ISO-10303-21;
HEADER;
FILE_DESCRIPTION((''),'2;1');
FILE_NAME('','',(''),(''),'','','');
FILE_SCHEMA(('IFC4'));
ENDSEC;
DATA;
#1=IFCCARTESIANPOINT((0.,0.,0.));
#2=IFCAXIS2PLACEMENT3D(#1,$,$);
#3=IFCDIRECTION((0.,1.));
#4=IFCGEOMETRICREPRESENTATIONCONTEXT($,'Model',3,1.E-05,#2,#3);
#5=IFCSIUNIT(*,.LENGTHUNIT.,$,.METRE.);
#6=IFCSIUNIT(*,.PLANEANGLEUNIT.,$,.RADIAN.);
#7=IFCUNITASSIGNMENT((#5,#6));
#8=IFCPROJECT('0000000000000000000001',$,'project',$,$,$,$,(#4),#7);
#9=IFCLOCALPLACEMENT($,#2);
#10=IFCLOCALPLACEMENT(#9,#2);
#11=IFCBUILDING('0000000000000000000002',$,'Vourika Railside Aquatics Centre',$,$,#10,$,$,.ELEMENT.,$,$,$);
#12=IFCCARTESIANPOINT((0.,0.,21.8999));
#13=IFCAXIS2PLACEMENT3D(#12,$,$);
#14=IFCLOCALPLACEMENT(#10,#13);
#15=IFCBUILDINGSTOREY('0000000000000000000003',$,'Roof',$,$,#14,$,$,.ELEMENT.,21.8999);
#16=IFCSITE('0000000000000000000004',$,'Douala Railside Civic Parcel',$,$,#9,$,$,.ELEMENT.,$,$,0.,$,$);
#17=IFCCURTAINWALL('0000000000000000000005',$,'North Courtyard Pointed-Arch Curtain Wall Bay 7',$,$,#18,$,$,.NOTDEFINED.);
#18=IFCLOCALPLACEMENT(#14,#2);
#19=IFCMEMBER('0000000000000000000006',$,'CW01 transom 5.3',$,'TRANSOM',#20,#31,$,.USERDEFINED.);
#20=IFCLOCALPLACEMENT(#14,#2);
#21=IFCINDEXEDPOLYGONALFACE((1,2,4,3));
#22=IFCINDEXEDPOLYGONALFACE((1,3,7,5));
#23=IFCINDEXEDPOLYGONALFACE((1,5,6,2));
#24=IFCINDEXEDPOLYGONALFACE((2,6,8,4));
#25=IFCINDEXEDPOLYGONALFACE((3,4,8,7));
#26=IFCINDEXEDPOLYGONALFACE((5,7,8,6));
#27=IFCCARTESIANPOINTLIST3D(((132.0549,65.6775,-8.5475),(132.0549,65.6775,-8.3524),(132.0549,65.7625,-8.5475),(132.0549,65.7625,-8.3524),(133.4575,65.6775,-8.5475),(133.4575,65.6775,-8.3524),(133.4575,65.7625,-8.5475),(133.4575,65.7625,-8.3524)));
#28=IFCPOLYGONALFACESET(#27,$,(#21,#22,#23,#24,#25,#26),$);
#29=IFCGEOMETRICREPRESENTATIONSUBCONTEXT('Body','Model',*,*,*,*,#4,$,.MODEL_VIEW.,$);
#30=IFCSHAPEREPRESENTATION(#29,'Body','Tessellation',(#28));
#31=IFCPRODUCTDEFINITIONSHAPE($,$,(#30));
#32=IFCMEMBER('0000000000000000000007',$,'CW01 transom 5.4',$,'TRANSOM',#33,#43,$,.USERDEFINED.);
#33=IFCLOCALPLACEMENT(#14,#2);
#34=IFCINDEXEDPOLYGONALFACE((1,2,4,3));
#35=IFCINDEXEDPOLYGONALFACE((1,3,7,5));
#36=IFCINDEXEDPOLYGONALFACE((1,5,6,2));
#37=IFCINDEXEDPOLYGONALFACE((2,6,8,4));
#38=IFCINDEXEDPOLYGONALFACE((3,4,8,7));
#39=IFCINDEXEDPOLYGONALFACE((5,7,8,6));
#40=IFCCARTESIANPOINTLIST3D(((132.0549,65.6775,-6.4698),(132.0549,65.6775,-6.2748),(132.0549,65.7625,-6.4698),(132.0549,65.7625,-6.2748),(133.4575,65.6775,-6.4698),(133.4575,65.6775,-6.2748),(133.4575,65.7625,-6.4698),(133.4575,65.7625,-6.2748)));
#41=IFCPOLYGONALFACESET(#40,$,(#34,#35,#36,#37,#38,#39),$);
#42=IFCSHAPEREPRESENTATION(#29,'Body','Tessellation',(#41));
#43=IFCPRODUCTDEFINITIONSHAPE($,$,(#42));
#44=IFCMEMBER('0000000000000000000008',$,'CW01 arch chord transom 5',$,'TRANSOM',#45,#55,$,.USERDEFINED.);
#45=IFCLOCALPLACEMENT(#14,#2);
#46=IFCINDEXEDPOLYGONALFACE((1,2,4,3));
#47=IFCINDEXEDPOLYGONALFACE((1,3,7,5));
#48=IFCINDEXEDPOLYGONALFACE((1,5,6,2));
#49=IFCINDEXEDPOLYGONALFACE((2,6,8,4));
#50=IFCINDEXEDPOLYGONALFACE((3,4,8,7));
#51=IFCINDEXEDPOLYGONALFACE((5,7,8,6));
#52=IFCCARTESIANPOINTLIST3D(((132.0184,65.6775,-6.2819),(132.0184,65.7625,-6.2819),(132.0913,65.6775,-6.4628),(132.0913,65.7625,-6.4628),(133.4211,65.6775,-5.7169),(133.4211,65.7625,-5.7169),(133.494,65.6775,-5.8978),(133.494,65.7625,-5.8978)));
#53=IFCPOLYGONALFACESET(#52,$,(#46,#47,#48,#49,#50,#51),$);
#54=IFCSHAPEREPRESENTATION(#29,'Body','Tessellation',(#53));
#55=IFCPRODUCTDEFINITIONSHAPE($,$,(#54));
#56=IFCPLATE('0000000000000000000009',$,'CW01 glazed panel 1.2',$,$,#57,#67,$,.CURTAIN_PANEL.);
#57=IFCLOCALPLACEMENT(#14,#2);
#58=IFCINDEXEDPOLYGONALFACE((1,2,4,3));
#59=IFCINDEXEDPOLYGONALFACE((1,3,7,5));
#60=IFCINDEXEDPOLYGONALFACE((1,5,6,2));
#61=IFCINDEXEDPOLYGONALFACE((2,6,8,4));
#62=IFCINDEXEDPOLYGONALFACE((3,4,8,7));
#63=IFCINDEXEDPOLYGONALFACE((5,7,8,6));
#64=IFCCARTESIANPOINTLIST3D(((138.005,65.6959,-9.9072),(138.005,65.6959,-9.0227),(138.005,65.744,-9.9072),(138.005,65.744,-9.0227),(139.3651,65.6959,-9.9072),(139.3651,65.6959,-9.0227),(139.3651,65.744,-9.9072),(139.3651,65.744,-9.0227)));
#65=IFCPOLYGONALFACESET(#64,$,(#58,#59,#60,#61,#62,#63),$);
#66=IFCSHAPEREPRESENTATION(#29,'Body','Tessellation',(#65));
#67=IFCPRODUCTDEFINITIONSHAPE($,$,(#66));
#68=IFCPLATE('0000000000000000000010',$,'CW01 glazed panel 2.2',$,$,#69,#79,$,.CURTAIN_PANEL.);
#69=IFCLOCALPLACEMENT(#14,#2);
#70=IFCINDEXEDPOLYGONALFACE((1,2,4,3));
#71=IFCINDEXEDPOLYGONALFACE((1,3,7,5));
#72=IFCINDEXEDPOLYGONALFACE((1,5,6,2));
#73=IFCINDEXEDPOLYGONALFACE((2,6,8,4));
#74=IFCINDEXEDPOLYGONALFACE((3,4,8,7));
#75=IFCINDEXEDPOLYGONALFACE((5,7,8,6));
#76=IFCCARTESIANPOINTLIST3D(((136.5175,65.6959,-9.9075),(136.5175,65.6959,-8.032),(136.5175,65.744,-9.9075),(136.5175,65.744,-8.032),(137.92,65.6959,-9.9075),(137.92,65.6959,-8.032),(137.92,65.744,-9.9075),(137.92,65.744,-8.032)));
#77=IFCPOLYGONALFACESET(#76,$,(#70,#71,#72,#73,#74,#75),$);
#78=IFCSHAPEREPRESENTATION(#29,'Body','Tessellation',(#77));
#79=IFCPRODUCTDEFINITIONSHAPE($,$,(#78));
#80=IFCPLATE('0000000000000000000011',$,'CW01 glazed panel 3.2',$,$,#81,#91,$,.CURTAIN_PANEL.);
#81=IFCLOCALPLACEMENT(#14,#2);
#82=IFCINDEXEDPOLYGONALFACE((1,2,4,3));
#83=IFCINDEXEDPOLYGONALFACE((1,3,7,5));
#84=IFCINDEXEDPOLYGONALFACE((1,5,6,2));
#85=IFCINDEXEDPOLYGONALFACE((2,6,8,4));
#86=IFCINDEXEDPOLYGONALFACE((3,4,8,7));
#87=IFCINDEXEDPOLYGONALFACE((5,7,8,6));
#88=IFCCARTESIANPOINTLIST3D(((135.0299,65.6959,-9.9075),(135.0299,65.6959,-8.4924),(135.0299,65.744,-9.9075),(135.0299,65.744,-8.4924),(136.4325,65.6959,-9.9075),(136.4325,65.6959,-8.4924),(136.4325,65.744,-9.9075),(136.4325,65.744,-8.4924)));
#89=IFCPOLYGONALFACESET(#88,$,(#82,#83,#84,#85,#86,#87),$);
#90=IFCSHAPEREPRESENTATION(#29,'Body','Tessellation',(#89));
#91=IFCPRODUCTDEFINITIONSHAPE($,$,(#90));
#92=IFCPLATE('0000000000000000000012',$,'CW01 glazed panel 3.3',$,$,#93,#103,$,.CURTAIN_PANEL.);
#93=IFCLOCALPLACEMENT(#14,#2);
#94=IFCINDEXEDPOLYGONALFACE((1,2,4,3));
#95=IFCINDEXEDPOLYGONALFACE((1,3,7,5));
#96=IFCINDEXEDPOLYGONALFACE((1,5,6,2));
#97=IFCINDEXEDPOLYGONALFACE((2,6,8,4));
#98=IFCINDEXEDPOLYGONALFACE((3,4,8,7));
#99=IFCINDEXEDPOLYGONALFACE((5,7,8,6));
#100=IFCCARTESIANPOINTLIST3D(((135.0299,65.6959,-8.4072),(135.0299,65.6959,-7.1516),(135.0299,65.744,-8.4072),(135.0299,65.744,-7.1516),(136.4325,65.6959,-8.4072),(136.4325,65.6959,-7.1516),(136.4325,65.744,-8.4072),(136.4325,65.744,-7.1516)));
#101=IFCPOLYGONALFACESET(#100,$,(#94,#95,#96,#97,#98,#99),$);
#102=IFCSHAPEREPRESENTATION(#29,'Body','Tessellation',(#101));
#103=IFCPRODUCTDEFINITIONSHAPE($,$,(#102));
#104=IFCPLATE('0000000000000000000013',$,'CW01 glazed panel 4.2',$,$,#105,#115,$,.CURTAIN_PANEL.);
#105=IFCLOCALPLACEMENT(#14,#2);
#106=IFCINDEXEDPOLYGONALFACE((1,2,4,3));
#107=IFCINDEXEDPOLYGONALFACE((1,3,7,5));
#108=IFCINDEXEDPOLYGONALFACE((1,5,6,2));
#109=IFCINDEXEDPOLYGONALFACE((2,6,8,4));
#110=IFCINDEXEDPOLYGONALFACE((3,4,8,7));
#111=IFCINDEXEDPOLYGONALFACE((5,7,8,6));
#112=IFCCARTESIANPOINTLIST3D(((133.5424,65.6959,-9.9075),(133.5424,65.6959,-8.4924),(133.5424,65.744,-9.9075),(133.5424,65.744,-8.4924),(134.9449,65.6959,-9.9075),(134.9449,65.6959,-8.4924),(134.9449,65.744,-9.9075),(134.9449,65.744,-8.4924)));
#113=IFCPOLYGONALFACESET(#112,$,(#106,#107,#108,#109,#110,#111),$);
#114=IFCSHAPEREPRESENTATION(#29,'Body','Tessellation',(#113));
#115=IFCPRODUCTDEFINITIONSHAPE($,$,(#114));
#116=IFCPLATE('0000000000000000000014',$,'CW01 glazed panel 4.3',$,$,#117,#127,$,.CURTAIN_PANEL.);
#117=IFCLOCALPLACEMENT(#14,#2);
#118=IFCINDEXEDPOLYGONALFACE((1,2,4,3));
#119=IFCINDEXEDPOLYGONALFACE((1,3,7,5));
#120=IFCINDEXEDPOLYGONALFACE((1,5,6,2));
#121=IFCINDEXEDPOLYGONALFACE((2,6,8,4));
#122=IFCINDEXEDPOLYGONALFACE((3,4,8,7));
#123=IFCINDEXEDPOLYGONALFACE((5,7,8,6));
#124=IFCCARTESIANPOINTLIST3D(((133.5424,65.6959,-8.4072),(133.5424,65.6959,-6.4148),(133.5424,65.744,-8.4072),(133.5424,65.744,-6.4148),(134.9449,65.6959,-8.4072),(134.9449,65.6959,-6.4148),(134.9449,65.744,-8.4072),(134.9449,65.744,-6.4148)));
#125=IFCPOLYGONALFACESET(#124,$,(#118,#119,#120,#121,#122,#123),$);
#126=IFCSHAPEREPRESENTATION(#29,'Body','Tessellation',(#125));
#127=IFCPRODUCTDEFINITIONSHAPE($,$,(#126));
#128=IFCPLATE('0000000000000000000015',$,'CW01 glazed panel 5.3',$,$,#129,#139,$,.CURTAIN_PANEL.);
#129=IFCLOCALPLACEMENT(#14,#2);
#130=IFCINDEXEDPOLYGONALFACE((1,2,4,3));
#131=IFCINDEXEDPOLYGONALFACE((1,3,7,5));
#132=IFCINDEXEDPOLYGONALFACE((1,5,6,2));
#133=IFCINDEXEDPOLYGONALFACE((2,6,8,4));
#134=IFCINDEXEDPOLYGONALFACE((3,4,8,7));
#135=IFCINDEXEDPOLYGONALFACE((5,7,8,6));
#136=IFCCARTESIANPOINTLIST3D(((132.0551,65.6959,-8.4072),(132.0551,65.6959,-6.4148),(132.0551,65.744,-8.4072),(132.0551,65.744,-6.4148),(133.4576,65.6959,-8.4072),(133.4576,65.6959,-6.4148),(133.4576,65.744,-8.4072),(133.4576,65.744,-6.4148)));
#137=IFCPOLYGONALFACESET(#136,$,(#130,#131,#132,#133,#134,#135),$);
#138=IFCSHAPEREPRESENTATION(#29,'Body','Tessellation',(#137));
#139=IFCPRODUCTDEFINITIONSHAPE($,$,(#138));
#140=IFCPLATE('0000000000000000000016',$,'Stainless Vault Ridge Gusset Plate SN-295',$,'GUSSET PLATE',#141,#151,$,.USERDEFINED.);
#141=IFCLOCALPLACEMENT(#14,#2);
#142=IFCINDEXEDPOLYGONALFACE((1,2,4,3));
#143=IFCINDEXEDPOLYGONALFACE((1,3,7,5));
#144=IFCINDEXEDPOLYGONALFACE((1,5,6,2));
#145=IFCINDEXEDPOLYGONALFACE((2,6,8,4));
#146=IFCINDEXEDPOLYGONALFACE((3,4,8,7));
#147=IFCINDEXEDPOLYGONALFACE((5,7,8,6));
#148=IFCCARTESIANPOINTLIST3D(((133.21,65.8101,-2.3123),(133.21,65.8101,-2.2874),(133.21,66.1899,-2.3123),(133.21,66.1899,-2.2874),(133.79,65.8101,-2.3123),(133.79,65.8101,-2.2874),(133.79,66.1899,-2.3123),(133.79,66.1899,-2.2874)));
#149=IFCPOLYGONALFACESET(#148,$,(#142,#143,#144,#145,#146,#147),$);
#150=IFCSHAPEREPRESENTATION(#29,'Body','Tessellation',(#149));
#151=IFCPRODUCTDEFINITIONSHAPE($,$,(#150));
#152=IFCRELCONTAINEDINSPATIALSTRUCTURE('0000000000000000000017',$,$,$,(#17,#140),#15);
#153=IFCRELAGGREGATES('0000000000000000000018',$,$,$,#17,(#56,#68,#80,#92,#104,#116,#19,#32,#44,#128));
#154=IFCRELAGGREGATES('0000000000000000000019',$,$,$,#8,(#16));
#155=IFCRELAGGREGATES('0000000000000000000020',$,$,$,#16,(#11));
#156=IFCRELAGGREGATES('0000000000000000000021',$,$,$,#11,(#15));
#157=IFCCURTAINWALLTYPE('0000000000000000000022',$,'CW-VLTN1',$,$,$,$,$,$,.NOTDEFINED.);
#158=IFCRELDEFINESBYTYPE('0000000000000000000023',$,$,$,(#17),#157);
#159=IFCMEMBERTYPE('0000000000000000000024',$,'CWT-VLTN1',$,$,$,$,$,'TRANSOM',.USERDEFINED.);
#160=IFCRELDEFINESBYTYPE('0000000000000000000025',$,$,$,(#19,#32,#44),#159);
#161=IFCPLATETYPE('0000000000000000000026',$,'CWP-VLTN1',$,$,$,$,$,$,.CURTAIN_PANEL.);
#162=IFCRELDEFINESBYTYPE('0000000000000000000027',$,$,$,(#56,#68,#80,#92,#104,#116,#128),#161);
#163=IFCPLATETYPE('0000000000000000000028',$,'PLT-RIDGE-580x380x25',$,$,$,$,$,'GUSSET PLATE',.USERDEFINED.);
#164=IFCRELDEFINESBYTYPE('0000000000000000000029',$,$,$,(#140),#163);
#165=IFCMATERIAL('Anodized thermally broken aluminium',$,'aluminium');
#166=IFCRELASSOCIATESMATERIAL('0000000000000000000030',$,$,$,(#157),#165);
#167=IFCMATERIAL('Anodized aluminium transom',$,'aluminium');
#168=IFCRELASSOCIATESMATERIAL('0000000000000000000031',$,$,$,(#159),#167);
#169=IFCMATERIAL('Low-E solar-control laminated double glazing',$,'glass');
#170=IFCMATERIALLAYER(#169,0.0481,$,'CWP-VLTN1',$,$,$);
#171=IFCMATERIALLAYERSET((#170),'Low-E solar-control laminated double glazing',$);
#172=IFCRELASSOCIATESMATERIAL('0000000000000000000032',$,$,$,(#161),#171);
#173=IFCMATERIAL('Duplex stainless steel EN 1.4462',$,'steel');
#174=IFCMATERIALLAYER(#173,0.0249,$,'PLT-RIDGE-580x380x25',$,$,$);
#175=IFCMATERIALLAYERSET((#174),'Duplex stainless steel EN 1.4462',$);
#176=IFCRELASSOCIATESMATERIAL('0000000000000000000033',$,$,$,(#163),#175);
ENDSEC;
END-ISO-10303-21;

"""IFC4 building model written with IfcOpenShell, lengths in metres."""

from ifc_helpers import new_model, si_unit, direction, frame, origin, origin_2d, place, context, subcontext, project, spatial, rectangle, extrude, material, layer, layer_set, material_profile, profile_set, type_object, element, aggregate, save


model = new_model("IFC4")

# Units and contexts
model_context = context("Model", 3, precision=1e-05, world=origin(), true_north=direction((0.0, 1.0)))
body_context = subcontext(model_context, "Body", "Model", "MODEL_VIEW")
ifc_project = project(units=[si_unit("LENGTHUNIT", "METRE"), si_unit("PLANEANGLEUNIT", "RADIAN")], contexts=[model_context])

# Site, building, storey
site_placement = place(None, origin())
site = spatial("IfcSite", under=ifc_project, at=site_placement, Name="Douala Railside Civic Parcel", CompositionType="ELEMENT", RefElevation=0.0)
building_placement = place(site_placement, origin())
building = spatial("IfcBuilding", under=site, at=building_placement, Name="Vourika Railside Aquatics Centre", CompositionType="ELEMENT")
storey_placement = place(building_placement, frame((0.0, 0.0, 21.8999)))
storey = spatial("IfcBuildingStorey", under=building, at=storey_placement, Name="Roof", CompositionType="ELEMENT", Elevation=21.8999)

# Curtain wall, members, plates
ifc_material_1 = material(Name="Anodized thermally broken aluminium", Category="aluminium")
curtain_wall_type = type_object("IfcCurtainWallType", Name="CW-VLTN1", PredefinedType="NOTDEFINED", material=ifc_material_1)
curtain_wall_placement = place(storey_placement, origin())
curtain_wall = element("IfcCurtainWall", 1, at=curtain_wall_placement, inside=storey, type_object=curtain_wall_type, Name="North Courtyard Pointed-Arch Curtain Wall Bay 7", PredefinedType="NOTDEFINED")
ifc_material_2 = material(Name="Anodized aluminium transom", Category="aluminium")
ifc_material_profile_1 = material_profile(ifc_material_2, rectangle(XDim=0.085, YDim=0.1951, at=origin_2d()), Name="ALU-T 85x195")
ifc_profile_set_1 = profile_set([ifc_material_profile_1], Name="Anodized aluminium transom")
member_type = type_object("IfcMemberType", Name="CWT-VLTN1", ElementType="TRANSOM", PredefinedType="USERDEFINED", material=ifc_profile_set_1)
member_1_placement = place(storey_placement, frame((133.4575, 65.72, -8.45), z_axis=(-1.0, 0.0, 0.0), x_axis=(0.0, -1.0, 0.0)))
member_1 = element("IfcMember", 2, at=member_1_placement, type_object=member_type, Name="CW01 transom 5.3", ObjectType="TRANSOM", PredefinedType="USERDEFINED", context=body_context, shape_type="SweptSolid", body=[
    extrude(rectangle(XDim=0.085, YDim=0.1951, at=origin_2d()), origin(), (0.0, 0.0, 1.0), 1.4026),
])
member_2_placement = place(storey_placement, frame((133.4575, 65.72, -6.3723), z_axis=(-1.0, 0.0, 0.0), x_axis=(0.0, -1.0, 0.0)))
member_2 = element("IfcMember", 3, at=member_2_placement, type_object=member_type, Name="CW01 transom 5.4", ObjectType="TRANSOM", PredefinedType="USERDEFINED", context=body_context, shape_type="SweptSolid", body=[
    extrude(rectangle(XDim=0.085, YDim=0.1951, at=origin_2d()), origin(), (0.0, 0.0, 1.0), 1.4026),
])
member_3_placement = place(storey_placement, frame((133.4575, 65.72, -5.8074), z_axis=(-0.927583, 0.0, -0.373617), x_axis=(0.0, -1.0, 0.0)))
member_3 = element("IfcMember", 4, at=member_3_placement, type_object=member_type, Name="CW01 arch chord transom 5", ObjectType="TRANSOM", PredefinedType="USERDEFINED", context=body_context, shape_type="SweptSolid", body=[
    extrude(rectangle(XDim=0.085, YDim=0.1951, at=origin_2d()), origin(), (0.0, 0.0, 1.0), 1.5122),
])
ifc_material_3 = material(Name="Low-E solar-control laminated double glazing", Category="glass")
ifc_layer_1 = layer(ifc_material_3, 0.0481, Name="CWP-VLTN1")
ifc_layer_set_1 = layer_set([ifc_layer_1], Name="Low-E solar-control laminated double glazing")
plate_type_1 = type_object("IfcPlateType", Name="CWP-VLTN1", PredefinedType="CURTAIN_PANEL", material=ifc_layer_set_1)
plate_1_placement = place(storey_placement, frame((138.6851, 65.72, -9.9072), z_axis=(0.0, 0.0, 1.0), x_axis=(-1.0, 0.0, 0.0)))
plate_1 = element("IfcPlate", 5, at=plate_1_placement, type_object=plate_type_1, Name="CW01 glazed panel 1.2", PredefinedType="CURTAIN_PANEL", context=body_context, shape_type="SweptSolid", body=[
    extrude(rectangle(XDim=1.3601, YDim=0.0481, at=origin_2d()), origin(), (0.0, 0.0, 1.0), 0.8845),
])
plate_2_placement = place(storey_placement, frame((137.2188, 65.72, -9.9075), z_axis=(0.0, 0.0, 1.0), x_axis=(-1.0, 0.0, 0.0)))
plate_2 = element("IfcPlate", 6, at=plate_2_placement, type_object=plate_type_1, Name="CW01 glazed panel 2.2", PredefinedType="CURTAIN_PANEL", context=body_context, shape_type="SweptSolid", body=[
    extrude(rectangle(XDim=1.4026, YDim=0.0481, at=origin_2d()), origin(), (0.0, 0.0, 1.0), 1.8755),
])
plate_3_placement = place(storey_placement, frame((135.7312, 65.72, -9.9075), z_axis=(0.0, 0.0, 1.0), x_axis=(-1.0, 0.0, 0.0)))
plate_3 = element("IfcPlate", 7, at=plate_3_placement, type_object=plate_type_1, Name="CW01 glazed panel 3.2", PredefinedType="CURTAIN_PANEL", context=body_context, shape_type="SweptSolid", body=[
    extrude(rectangle(XDim=1.4026, YDim=0.0481, at=origin_2d()), origin(), (0.0, 0.0, 1.0), 1.415),
])
plate_4_placement = place(storey_placement, frame((135.7312, 65.72, -8.4072), z_axis=(0.0, 0.0, 1.0), x_axis=(-1.0, 0.0, 0.0)))
plate_4 = element("IfcPlate", 8, at=plate_4_placement, type_object=plate_type_1, Name="CW01 glazed panel 3.3", PredefinedType="CURTAIN_PANEL", context=body_context, shape_type="SweptSolid", body=[
    extrude(rectangle(XDim=1.4026, YDim=0.0481, at=origin_2d()), origin(), (0.0, 0.0, 1.0), 1.2556),
])
plate_5_placement = place(storey_placement, frame((134.2437, 65.72, -9.9075), z_axis=(0.0, 0.0, 1.0), x_axis=(-1.0, 0.0, 0.0)))
plate_5 = element("IfcPlate", 9, at=plate_5_placement, type_object=plate_type_1, Name="CW01 glazed panel 4.2", PredefinedType="CURTAIN_PANEL", context=body_context, shape_type="SweptSolid", body=[
    extrude(rectangle(XDim=1.4026, YDim=0.0481, at=origin_2d()), origin(), (0.0, 0.0, 1.0), 1.415),
])
plate_6_placement = place(storey_placement, frame((134.2437, 65.72, -8.4072), z_axis=(0.0, 0.0, 1.0), x_axis=(-1.0, 0.0, 0.0)))
plate_6 = element("IfcPlate", 10, at=plate_6_placement, type_object=plate_type_1, Name="CW01 glazed panel 4.3", PredefinedType="CURTAIN_PANEL", context=body_context, shape_type="SweptSolid", body=[
    extrude(rectangle(XDim=1.4026, YDim=0.0481, at=origin_2d()), origin(), (0.0, 0.0, 1.0), 1.9924),
])
plate_7_placement = place(storey_placement, frame((132.7563, 65.72, -8.4072), z_axis=(0.0, 0.0, 1.0), x_axis=(-1.0, 0.0, 0.0)))
plate_7 = element("IfcPlate", 11, at=plate_7_placement, type_object=plate_type_1, Name="CW01 glazed panel 5.3", PredefinedType="CURTAIN_PANEL", context=body_context, shape_type="SweptSolid", body=[
    extrude(rectangle(XDim=1.4026, YDim=0.0481, at=origin_2d()), origin(), (0.0, 0.0, 1.0), 1.9924),
])
aggregate(curtain_wall, [plate_1, plate_2, plate_3, plate_4, plate_5, plate_6, member_1, member_2, member_3, plate_7])

# Plate
ifc_material_4 = material(Name="Duplex stainless steel EN 1.4462", Category="steel")
ifc_layer_2 = layer(ifc_material_4, 0.0249, Name="PLT-RIDGE-580x380x25")
ifc_layer_set_2 = layer_set([ifc_layer_2], Name="Duplex stainless steel EN 1.4462")
plate_type_2 = type_object("IfcPlateType", Name="PLT-RIDGE-580x380x25", ElementType="GUSSET PLATE", PredefinedType="USERDEFINED", material=ifc_layer_set_2)
plate_8_placement = place(storey_placement, frame((133.5, 66.0, -2.3123), z_axis=(0.0, 0.0, 1.0), x_axis=(1.0, 0.0, 0.0)))
element("IfcPlate", 12, at=plate_8_placement, inside=storey, type_object=plate_type_2, Name="Stainless Vault Ridge Gusset Plate SN-295", ObjectType="GUSSET PLATE", PredefinedType="USERDEFINED", context=body_context, shape_type="SweptSolid", body=[
    extrude(rectangle(XDim=0.5801, YDim=0.3799, at=origin_2d()), origin(), (0.0, 0.0, 1.0), 0.0249),
])

save(model, "model.ifc")
